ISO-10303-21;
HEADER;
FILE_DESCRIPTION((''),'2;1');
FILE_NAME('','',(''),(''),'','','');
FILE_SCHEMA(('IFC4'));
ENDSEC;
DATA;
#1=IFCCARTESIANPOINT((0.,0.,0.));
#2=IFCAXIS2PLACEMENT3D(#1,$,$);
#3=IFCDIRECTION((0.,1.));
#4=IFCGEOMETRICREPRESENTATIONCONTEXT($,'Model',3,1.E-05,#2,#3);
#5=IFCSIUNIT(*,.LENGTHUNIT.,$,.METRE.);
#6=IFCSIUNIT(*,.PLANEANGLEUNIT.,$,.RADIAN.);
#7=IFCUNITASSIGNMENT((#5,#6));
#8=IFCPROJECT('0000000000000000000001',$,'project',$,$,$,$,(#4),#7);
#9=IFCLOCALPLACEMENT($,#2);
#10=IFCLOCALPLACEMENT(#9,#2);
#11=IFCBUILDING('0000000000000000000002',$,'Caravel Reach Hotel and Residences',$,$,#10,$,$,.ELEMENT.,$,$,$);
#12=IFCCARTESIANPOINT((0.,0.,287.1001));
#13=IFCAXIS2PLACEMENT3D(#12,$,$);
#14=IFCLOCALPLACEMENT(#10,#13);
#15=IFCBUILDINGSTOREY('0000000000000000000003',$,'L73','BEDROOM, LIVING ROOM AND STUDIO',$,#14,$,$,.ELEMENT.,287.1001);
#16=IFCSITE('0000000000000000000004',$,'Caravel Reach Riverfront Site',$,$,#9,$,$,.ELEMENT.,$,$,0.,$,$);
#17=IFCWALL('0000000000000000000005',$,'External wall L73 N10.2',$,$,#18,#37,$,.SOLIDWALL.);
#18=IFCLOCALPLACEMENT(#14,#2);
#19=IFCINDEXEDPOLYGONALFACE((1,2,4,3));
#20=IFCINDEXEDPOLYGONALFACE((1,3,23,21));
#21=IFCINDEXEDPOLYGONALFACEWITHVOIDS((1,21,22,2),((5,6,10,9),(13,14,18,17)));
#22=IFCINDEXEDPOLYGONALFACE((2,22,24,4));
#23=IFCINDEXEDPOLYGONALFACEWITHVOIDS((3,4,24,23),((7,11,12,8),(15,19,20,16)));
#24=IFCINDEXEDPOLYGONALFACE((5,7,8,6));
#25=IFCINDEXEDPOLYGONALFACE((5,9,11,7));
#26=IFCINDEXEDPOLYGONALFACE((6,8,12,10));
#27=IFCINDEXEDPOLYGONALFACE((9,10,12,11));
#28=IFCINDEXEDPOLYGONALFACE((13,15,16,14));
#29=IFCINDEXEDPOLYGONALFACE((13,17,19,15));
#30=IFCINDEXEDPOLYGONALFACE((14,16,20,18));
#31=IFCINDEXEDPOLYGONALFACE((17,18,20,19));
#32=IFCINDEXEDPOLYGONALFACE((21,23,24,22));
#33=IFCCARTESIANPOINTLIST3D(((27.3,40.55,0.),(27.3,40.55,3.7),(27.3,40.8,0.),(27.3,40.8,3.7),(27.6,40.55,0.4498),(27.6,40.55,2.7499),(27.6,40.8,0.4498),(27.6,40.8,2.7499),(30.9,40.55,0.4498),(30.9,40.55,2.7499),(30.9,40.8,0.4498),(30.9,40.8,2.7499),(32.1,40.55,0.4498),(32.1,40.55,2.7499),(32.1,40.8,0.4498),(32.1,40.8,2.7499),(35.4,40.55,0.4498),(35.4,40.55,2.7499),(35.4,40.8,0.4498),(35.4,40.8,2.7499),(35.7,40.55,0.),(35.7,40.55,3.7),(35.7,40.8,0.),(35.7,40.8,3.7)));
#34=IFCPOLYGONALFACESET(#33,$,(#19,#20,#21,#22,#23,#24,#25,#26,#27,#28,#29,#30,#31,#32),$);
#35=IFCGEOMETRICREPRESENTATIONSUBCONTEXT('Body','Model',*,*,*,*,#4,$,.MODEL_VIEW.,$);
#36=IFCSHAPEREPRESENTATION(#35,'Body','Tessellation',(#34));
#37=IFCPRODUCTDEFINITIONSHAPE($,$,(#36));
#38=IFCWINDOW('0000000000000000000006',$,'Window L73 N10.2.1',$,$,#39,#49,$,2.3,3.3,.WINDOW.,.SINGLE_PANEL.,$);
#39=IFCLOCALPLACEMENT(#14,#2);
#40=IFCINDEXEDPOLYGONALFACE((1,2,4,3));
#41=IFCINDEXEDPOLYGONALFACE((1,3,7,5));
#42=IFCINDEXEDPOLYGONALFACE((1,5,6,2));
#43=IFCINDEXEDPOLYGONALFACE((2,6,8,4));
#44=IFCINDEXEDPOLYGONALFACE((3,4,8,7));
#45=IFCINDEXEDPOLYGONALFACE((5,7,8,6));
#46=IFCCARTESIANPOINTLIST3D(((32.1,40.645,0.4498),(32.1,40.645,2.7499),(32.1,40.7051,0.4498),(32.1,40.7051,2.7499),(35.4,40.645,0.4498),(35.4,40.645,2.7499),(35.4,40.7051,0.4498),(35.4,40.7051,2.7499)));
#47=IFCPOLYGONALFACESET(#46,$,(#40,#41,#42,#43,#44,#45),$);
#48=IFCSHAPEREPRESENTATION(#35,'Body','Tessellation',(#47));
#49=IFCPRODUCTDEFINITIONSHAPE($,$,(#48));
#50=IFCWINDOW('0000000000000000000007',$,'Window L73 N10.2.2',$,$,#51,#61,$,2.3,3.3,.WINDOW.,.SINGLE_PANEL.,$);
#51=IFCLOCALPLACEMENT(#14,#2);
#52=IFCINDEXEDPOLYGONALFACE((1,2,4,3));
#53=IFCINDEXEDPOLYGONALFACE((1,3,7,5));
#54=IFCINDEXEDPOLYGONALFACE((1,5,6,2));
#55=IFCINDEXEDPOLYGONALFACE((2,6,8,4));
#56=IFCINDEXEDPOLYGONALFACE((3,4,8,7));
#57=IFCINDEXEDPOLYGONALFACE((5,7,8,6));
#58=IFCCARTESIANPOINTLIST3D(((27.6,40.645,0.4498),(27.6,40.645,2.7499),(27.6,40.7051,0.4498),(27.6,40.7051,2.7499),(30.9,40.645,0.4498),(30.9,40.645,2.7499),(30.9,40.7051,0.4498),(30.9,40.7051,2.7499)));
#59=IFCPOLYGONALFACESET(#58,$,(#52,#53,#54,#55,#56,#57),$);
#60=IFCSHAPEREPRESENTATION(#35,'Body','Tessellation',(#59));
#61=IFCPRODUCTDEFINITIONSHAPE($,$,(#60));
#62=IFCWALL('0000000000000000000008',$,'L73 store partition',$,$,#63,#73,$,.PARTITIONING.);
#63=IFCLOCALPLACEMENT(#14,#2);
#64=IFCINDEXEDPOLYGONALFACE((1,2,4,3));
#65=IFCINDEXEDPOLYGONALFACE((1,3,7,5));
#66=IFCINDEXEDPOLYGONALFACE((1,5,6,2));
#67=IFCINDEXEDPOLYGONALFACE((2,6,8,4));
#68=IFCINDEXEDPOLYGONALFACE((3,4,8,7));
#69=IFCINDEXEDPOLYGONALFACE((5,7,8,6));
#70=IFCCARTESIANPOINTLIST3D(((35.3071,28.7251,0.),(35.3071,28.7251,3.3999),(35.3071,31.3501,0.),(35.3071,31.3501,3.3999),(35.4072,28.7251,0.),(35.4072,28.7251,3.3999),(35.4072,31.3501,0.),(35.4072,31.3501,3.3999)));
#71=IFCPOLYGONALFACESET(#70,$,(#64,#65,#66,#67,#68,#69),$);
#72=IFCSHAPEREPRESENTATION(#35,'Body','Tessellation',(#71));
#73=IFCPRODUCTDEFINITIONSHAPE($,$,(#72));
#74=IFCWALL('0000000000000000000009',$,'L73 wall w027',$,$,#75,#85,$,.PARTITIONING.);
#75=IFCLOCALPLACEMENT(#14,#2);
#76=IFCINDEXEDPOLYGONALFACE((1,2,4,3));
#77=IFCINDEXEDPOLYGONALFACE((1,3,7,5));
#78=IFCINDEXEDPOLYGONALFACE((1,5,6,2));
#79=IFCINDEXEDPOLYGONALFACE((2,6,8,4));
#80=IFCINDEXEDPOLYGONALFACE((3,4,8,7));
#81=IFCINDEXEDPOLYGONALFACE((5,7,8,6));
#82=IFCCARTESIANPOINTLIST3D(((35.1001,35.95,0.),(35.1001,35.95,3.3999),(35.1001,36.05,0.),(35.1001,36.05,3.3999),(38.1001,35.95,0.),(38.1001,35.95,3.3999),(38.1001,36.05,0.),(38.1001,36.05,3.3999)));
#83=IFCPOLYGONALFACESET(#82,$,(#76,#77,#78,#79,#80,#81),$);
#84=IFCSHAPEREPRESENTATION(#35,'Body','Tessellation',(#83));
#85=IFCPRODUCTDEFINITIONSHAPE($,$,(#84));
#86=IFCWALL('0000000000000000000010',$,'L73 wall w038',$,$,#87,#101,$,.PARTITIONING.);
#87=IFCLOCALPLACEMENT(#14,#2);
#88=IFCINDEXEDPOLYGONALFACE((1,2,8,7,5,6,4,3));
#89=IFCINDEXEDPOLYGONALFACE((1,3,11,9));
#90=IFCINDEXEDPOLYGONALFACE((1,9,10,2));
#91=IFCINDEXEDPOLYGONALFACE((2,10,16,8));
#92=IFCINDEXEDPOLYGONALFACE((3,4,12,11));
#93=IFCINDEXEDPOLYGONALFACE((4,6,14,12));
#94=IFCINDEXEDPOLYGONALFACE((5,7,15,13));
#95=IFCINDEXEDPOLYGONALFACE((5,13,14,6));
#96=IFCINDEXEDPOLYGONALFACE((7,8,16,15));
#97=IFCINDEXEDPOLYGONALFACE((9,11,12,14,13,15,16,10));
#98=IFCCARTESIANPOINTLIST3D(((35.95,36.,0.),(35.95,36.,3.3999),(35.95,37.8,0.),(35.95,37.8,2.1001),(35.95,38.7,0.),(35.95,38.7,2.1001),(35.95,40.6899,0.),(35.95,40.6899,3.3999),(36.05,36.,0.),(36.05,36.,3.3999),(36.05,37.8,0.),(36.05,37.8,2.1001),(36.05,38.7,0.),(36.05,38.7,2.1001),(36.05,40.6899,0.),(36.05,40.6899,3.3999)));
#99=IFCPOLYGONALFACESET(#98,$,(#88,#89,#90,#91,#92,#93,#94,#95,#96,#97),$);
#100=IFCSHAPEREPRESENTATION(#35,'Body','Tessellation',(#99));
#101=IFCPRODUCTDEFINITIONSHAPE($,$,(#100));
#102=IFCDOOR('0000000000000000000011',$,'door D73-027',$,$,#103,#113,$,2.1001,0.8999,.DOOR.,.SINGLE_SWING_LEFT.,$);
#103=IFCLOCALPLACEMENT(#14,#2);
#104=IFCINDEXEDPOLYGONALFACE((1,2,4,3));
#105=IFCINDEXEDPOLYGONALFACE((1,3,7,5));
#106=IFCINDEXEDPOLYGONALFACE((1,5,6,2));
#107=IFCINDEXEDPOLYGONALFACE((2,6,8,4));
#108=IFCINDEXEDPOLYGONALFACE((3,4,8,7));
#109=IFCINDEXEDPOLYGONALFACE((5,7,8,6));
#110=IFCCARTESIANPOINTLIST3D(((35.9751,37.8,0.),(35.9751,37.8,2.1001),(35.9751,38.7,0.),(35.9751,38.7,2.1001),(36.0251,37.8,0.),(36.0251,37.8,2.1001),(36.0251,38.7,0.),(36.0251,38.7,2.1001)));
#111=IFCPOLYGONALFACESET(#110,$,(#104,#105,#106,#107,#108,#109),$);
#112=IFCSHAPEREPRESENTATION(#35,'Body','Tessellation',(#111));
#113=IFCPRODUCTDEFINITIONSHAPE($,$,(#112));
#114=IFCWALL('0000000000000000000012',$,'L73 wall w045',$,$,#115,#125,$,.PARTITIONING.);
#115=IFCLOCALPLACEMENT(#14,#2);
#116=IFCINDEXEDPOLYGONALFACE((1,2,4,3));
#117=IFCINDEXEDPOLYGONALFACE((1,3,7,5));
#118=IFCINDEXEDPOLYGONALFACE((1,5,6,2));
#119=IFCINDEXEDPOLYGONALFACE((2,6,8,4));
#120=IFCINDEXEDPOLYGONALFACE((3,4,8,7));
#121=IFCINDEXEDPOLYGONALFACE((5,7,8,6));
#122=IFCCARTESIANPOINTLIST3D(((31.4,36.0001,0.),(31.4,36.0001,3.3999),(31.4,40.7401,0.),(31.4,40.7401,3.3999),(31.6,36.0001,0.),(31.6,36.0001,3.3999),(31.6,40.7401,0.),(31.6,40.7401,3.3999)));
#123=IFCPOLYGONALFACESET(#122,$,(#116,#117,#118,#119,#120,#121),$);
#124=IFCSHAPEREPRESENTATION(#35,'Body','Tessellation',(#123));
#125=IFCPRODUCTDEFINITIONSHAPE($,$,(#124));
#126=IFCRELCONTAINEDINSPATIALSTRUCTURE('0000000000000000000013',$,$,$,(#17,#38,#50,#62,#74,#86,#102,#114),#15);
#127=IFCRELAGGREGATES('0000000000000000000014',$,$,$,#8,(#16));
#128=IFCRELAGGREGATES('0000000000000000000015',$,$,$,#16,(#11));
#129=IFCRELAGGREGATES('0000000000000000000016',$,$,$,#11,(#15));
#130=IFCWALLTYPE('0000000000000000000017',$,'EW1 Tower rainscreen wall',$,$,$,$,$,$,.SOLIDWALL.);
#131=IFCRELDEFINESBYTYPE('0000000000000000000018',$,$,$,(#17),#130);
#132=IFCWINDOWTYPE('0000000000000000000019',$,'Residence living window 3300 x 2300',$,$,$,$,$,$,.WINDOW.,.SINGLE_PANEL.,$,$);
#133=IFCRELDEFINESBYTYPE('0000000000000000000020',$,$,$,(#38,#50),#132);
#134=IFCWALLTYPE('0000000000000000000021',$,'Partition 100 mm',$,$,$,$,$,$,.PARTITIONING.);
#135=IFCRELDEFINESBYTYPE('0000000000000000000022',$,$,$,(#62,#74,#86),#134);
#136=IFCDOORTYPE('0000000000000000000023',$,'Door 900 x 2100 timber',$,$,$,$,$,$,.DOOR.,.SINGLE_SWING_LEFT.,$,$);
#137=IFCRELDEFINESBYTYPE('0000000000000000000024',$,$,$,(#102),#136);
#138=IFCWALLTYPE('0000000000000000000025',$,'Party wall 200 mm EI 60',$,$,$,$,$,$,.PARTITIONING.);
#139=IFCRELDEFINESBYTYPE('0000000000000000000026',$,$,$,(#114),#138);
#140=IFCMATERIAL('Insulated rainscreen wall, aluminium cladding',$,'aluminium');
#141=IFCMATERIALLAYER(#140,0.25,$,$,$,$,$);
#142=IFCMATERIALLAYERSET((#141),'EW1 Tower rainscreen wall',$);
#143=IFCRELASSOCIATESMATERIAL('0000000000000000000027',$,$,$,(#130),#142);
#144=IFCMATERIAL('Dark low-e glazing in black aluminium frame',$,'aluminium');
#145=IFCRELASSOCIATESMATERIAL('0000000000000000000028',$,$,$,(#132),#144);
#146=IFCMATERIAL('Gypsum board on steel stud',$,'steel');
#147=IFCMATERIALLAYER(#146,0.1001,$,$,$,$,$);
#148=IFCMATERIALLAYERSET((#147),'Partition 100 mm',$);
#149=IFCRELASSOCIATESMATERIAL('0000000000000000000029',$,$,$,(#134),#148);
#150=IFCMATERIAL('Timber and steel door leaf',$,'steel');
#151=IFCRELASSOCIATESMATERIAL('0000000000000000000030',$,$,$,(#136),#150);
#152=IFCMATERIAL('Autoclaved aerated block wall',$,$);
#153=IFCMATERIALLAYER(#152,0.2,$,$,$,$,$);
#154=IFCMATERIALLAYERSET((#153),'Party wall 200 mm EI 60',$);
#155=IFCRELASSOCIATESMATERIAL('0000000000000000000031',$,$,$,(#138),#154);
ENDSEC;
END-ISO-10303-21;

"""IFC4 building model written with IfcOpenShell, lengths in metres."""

from ifc_helpers import new_model, si_unit, direction, frame, frame_2d, origin, place, context, subcontext, project, spatial, rectangle, extrude, material, layer, layer_set, type_object, element, fill, save


model = new_model("IFC4")

# Units and contexts
model_context = context("Model", 3, precision=1e-05, world=origin(), true_north=direction((0.0, 1.0)))
body_context = subcontext(model_context, "Body", "Model", "MODEL_VIEW")
ifc_project = project(units=[si_unit("LENGTHUNIT", "METRE"), si_unit("PLANEANGLEUNIT", "RADIAN")], contexts=[model_context])

# Site, building, storey
site_placement = place(None, origin())
site = spatial("IfcSite", under=ifc_project, at=site_placement, Name="Caravel Reach Riverfront Site", CompositionType="ELEMENT", RefElevation=0.0)
building_placement = place(site_placement, origin())
building = spatial("IfcBuilding", under=site, at=building_placement, Name="Caravel Reach Hotel and Residences", CompositionType="ELEMENT")
storey_placement = place(building_placement, frame((0.0, 0.0, 287.1001)))
storey = spatial("IfcBuildingStorey", under=building, at=storey_placement, Name="L73", Description="BEDROOM, LIVING ROOM AND STUDIO", CompositionType="ELEMENT", Elevation=287.1001)

# Wall, openings, windows
ifc_material_1 = material(Name="Insulated rainscreen wall, aluminium cladding", Category="aluminium")
ifc_layer_1 = layer(ifc_material_1, 0.25)
ifc_layer_set_1 = layer_set([ifc_layer_1], Name="EW1 Tower rainscreen wall")
wall_type_1 = type_object("IfcWallType", Name="EW1 Tower rainscreen wall", PredefinedType="SOLIDWALL", material=ifc_layer_set_1)
wall_1_placement = place(storey_placement, frame((35.7, 40.675, 0.0), z_axis=(0.0, 0.0, 1.0), x_axis=(-1.0, 0.0, 0.0)))
wall_1 = element("IfcWall", 1, at=wall_1_placement, inside=storey, type_object=wall_type_1, Name="External wall L73 N10.2", PredefinedType="SOLIDWALL", context=body_context, shape_type="SweptSolid", body=[
    extrude(rectangle(XDim=8.3999, YDim=0.25, at=frame_2d((4.2, 0.0))), origin(), (0.0, 0.0, 1.0), 3.7),
])
opening_1_placement = place(wall_1_placement, frame((0.3, 0.0, 0.45)))
opening_1 = element("IfcOpeningElement", 2, at=opening_1_placement, cuts=wall_1, PredefinedType="OPENING", context=body_context, shape_type="SweptSolid", body=[
    extrude(rectangle(XDim=3.3, YDim=2.3, at=frame_2d((1.6499, 1.1499))), frame((0.0, 0.135, 0.0), z_axis=(0.0, -1.0, 0.0), x_axis=(1.0, 0.0, 0.0)), (0.0, 0.0, 1.0), 0.27),
])
opening_2_placement = place(wall_1_placement, frame((4.8, 0.0, 0.45)))
opening_2 = element("IfcOpeningElement", 3, at=opening_2_placement, cuts=wall_1, PredefinedType="OPENING", context=body_context, shape_type="SweptSolid", body=[
    extrude(rectangle(XDim=3.3, YDim=2.3, at=frame_2d((1.6499, 1.1499))), frame((0.0, 0.135, 0.0), z_axis=(0.0, -1.0, 0.0), x_axis=(1.0, 0.0, 0.0)), (0.0, 0.0, 1.0), 0.27),
])
ifc_material_2 = material(Name="Dark low-e glazing in black aluminium frame", Category="aluminium")
window_type = type_object("IfcWindowType", Name="Residence living window 3300 x 2300", PartitioningType="SINGLE_PANEL", PredefinedType="WINDOW", material=ifc_material_2)
window_1_placement = place(opening_1_placement, origin())
window_1 = element("IfcWindow", 4, at=window_1_placement, inside=storey, type_object=window_type, Name="Window L73 N10.2.1", OverallHeight=2.3, OverallWidth=3.3, PartitioningType="SINGLE_PANEL", PredefinedType="WINDOW", context=body_context, shape_type="SweptSolid", body=[
    extrude(rectangle(XDim=3.3, YDim=2.3, at=frame_2d((1.6499, 1.1499))), frame((0.0, 0.03, 0.0), z_axis=(0.0, -1.0, 0.0), x_axis=(1.0, 0.0, 0.0)), (0.0, 0.0, 1.0), 0.0601),
])
fill(opening_1, window_1)
window_2_placement = place(opening_2_placement, origin())
window_2 = element("IfcWindow", 5, at=window_2_placement, inside=storey, type_object=window_type, Name="Window L73 N10.2.2", OverallHeight=2.3, OverallWidth=3.3, PartitioningType="SINGLE_PANEL", PredefinedType="WINDOW", context=body_context, shape_type="SweptSolid", body=[
    extrude(rectangle(XDim=3.3, YDim=2.3, at=frame_2d((1.6499, 1.1499))), frame((0.0, 0.03, 0.0), z_axis=(0.0, -1.0, 0.0), x_axis=(1.0, 0.0, 0.0)), (0.0, 0.0, 1.0), 0.0601),
])
fill(opening_2, window_2)

# Walls
ifc_material_3 = material(Name="Gypsum board on steel stud", Category="steel")
ifc_layer_2 = layer(ifc_material_3, 0.1001)
ifc_layer_set_2 = layer_set([ifc_layer_2], Name="Partition 100 mm")
wall_type_2 = type_object("IfcWallType", Name="Partition 100 mm", PredefinedType="PARTITIONING", material=ifc_layer_set_2)
wall_2_placement = place(storey_placement, frame((35.3572, 28.7251, 0.0), z_axis=(0.0, 0.0, 1.0), x_axis=(0.0, 1.0, 0.0)))
element("IfcWall", 6, at=wall_2_placement, inside=storey, type_object=wall_type_2, Name="L73 store partition", PredefinedType="PARTITIONING", context=body_context, shape_type="SweptSolid", body=[
    extrude(rectangle(XDim=2.625, YDim=0.1001, at=frame_2d((1.3125, 0.0))), origin(), (0.0, 0.0, 1.0), 3.3999),
])
wall_3_placement = place(storey_placement, frame((35.1001, 36.0, 0.0), z_axis=(0.0, 0.0, 1.0), x_axis=(1.0, 0.0, 0.0)))
element("IfcWall", 7, at=wall_3_placement, inside=storey, type_object=wall_type_2, Name="L73 wall w027", PredefinedType="PARTITIONING", context=body_context, shape_type="SweptSolid", body=[
    extrude(rectangle(XDim=3.0, YDim=0.1001, at=frame_2d((1.5, 0.0))), origin(), (0.0, 0.0, 1.0), 3.3999),
])

# Wall, opening, door
wall_4_placement = place(storey_placement, frame((36.0, 36.0, 0.0), z_axis=(0.0, 0.0, 1.0), x_axis=(0.0, 1.0, 0.0)))
wall_4 = element("IfcWall", 8, at=wall_4_placement, inside=storey, type_object=wall_type_2, Name="L73 wall w038", PredefinedType="PARTITIONING", context=body_context, shape_type="SweptSolid", body=[
    extrude(rectangle(XDim=4.6899, YDim=0.1001, at=frame_2d((2.345, 0.0))), origin(), (0.0, 0.0, 1.0), 3.3999),
])
opening_3_placement = place(wall_4_placement, frame((1.8, 0.0, 0.0)))
opening_3 = element("IfcOpeningElement", 9, at=opening_3_placement, cuts=wall_4, PredefinedType="OPENING", context=body_context, shape_type="SweptSolid", body=[
    extrude(rectangle(XDim=0.8999, YDim=2.1001, at=frame_2d((0.45, 1.05))), frame((0.0, 0.0601, 0.0), z_axis=(0.0, -1.0, 0.0), x_axis=(1.0, 0.0, 0.0)), (0.0, 0.0, 1.0), 0.1201),
])
ifc_material_4 = material(Name="Timber and steel door leaf", Category="steel")
door_type_1 = type_object("IfcDoorType", Name="Door 900 x 2100 timber", OperationType="SINGLE_SWING_LEFT", PredefinedType="DOOR", material=ifc_material_4)
door_1_placement = place(opening_3_placement, origin())
door_1 = element("IfcDoor", 10, at=door_1_placement, inside=storey, type_object=door_type_1, Name="door D73-027", OperationType="SINGLE_SWING_LEFT", OverallHeight=2.1001, OverallWidth=0.8999, PredefinedType="DOOR", context=body_context, shape_type="SweptSolid", body=[
    extrude(rectangle(XDim=0.8999, YDim=2.1001, at=frame_2d((0.45, 1.05))), frame((0.0, 0.0249, 0.0), z_axis=(0.0, -1.0, 0.0), x_axis=(1.0, 0.0, 0.0)), (0.0, 0.0, 1.0), 0.05),
])
fill(opening_3, door_1)

# Wall
ifc_material_5 = material(Name="Autoclaved aerated block wall")
ifc_layer_3 = layer(ifc_material_5, 0.2)
ifc_layer_set_3 = layer_set([ifc_layer_3], Name="Party wall 200 mm EI 60")
wall_type_3 = type_object("IfcWallType", Name="Party wall 200 mm EI 60", PredefinedType="PARTITIONING", material=ifc_layer_set_3)
wall_5_placement = place(storey_placement, frame((31.5, 36.0, 0.0), z_axis=(0.0, 0.0, 1.0), x_axis=(0.0, 1.0, 0.0)))
element("IfcWall", 11, at=wall_5_placement, inside=storey, type_object=wall_type_3, Name="L73 wall w045", PredefinedType="PARTITIONING", context=body_context, shape_type="SweptSolid", body=[
    extrude(rectangle(XDim=4.74, YDim=0.2, at=frame_2d((2.3701, 0.0))), origin(), (0.0, 0.0, 1.0), 3.3999),
])

save(model, "model.ifc")
